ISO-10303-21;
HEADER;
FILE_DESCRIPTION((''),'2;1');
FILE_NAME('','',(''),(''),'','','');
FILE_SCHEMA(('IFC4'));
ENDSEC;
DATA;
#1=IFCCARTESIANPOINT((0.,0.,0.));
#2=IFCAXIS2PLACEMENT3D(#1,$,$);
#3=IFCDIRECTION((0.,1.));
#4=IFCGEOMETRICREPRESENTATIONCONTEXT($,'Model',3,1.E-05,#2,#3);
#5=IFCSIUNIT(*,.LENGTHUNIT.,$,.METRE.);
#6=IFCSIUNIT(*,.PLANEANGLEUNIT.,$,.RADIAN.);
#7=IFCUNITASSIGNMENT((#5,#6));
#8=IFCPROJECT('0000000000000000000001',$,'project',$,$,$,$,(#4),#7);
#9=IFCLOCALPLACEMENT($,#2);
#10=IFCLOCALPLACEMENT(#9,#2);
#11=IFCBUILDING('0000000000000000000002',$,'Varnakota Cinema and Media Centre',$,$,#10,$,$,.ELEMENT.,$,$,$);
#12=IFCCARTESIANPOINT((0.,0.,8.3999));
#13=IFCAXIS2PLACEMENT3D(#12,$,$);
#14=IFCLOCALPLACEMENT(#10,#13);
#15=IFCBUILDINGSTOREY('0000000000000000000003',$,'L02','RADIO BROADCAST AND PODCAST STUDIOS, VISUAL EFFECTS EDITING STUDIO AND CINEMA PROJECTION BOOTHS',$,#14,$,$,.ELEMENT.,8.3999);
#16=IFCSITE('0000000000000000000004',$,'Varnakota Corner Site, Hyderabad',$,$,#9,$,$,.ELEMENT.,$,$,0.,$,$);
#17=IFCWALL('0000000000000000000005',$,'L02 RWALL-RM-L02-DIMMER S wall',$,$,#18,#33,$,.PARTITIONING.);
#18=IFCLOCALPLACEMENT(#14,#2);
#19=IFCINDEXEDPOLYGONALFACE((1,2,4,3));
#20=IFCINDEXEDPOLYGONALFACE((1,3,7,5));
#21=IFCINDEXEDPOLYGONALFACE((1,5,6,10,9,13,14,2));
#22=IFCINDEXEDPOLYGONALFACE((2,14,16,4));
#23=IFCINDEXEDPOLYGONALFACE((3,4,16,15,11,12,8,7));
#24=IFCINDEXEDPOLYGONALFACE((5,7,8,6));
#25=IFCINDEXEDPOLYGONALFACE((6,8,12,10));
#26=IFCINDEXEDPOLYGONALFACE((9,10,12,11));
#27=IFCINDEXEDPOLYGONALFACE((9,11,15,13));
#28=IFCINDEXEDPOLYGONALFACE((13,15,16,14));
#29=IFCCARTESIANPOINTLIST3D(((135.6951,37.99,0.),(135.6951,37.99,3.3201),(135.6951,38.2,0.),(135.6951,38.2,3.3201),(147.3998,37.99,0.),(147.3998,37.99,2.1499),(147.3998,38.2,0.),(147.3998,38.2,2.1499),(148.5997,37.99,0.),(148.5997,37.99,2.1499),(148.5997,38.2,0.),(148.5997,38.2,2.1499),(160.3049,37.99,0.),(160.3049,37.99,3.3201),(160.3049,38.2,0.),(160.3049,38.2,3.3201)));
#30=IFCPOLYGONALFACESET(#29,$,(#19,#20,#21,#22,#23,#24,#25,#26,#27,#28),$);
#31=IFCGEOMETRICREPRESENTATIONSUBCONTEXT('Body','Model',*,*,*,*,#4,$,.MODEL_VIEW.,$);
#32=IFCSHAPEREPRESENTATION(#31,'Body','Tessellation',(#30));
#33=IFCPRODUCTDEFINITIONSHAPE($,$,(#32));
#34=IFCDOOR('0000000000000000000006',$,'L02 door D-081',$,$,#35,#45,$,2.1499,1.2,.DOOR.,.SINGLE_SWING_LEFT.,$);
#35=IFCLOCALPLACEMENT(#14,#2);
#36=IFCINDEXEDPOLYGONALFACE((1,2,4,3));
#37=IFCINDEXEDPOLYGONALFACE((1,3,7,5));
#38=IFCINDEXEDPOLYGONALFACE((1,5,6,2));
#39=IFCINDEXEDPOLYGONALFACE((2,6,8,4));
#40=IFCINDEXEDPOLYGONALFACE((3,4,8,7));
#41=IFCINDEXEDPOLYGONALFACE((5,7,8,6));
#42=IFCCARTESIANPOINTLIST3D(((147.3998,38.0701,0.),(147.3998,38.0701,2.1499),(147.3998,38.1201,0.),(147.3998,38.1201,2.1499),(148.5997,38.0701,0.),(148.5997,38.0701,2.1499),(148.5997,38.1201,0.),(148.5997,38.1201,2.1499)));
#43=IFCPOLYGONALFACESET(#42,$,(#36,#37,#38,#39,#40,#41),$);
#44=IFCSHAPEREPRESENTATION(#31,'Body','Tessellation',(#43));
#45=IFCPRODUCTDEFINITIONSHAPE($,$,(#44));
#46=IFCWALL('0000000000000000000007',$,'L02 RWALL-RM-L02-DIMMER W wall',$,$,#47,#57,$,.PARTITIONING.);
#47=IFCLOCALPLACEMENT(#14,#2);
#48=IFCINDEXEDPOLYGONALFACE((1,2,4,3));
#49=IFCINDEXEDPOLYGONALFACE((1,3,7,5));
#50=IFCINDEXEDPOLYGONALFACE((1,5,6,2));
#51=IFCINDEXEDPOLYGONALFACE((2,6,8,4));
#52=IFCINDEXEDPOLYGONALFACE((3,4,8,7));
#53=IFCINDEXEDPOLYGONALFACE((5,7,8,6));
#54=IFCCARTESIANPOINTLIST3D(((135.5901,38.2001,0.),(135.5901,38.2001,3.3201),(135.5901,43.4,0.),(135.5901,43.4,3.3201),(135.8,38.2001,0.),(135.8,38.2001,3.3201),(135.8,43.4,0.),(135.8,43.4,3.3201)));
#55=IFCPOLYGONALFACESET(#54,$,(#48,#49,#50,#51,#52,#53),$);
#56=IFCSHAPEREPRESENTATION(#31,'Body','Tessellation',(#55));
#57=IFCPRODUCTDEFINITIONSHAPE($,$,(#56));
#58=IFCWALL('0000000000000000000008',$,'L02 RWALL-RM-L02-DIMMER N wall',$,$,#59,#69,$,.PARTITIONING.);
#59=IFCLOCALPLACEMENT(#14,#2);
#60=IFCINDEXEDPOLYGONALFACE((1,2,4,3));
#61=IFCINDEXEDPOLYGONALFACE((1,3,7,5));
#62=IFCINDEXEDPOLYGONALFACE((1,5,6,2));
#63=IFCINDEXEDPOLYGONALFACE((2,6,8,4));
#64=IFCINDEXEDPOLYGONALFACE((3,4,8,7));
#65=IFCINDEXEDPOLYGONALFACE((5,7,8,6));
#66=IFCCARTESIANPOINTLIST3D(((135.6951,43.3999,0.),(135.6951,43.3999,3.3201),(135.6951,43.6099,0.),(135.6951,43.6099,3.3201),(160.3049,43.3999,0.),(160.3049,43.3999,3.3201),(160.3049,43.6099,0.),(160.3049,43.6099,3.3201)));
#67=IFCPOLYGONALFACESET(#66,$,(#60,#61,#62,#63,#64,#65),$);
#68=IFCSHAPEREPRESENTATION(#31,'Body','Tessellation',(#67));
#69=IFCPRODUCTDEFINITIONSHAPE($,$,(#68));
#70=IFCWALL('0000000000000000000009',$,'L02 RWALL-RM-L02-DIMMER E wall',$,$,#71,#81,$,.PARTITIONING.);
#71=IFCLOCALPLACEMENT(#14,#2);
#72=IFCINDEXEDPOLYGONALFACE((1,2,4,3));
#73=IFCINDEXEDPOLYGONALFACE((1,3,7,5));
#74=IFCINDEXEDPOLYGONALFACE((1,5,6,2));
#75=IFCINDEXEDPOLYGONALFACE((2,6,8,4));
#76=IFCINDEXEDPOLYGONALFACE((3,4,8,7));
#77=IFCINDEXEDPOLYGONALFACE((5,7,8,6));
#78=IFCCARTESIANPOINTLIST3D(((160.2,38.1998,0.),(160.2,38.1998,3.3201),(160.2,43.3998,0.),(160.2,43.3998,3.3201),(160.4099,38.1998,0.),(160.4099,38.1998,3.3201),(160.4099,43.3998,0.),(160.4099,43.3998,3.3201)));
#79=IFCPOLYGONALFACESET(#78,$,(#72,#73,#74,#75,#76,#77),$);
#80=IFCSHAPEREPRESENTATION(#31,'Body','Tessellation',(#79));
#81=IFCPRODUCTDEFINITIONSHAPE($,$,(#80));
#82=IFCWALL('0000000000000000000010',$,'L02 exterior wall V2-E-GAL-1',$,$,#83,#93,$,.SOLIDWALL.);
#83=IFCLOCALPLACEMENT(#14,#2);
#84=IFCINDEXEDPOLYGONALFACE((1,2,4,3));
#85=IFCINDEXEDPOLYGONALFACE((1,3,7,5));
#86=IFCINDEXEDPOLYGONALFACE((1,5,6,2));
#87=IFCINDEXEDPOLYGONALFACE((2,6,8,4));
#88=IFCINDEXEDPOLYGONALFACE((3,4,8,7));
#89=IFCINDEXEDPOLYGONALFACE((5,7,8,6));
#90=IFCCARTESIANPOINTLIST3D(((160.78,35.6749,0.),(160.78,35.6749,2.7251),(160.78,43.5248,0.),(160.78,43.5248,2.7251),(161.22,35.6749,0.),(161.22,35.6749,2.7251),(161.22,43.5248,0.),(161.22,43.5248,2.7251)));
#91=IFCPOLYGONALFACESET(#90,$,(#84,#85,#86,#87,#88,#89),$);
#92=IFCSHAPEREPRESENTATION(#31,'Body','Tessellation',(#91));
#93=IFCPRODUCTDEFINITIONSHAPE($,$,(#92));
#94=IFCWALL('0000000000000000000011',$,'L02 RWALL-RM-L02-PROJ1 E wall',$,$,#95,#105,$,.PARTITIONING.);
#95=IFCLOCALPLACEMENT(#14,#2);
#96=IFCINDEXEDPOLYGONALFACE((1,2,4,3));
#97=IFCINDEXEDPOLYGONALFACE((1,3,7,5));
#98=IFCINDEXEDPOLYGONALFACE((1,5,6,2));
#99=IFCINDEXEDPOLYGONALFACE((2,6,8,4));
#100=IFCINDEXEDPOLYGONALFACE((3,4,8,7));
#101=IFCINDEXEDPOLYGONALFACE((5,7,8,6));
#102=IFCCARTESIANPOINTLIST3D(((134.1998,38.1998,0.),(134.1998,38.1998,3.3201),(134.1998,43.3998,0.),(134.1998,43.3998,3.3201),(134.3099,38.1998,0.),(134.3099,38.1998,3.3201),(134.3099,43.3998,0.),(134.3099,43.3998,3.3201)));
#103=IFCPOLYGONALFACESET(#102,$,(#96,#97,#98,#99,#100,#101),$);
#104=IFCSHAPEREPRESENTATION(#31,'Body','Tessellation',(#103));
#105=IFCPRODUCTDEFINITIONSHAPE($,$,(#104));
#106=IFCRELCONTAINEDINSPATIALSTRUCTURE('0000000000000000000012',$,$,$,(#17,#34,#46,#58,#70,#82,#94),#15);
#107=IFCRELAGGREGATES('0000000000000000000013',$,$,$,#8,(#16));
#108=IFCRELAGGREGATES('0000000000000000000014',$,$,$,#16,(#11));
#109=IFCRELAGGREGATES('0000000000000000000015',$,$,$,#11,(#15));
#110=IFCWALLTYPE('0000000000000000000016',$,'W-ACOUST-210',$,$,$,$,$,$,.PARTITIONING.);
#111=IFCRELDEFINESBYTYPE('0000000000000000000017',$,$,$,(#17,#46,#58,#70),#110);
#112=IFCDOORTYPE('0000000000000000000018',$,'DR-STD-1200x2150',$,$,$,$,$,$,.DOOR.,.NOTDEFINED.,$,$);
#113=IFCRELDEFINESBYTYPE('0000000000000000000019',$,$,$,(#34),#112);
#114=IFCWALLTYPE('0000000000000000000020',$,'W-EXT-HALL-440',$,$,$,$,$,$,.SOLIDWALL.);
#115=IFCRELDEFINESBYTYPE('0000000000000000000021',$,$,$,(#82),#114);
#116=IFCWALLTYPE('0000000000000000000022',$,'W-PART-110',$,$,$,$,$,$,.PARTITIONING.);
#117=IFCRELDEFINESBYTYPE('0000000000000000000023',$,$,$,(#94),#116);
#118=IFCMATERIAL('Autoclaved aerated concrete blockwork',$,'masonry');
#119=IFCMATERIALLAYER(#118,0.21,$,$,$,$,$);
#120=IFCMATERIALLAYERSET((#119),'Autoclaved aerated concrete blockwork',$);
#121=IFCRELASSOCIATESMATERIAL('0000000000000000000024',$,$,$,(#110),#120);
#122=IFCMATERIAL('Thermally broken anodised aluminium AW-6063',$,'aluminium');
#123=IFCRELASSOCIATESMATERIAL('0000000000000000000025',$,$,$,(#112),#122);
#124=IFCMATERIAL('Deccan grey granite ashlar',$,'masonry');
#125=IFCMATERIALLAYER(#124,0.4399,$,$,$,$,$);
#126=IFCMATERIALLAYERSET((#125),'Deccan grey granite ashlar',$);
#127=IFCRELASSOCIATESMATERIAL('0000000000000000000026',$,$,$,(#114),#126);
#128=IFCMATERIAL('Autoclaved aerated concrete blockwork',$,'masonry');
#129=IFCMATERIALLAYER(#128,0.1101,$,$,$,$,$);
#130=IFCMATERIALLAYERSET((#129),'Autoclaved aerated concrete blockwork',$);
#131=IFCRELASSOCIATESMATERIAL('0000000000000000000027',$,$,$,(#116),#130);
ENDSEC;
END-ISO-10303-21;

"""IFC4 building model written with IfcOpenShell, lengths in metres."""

from ifc_helpers import new_model, si_unit, direction, frame, frame_2d, origin, place, context, subcontext, project, spatial, rectangle, extrude, material, layer, layer_set, type_object, element, fill, save


model = new_model("IFC4")

# Units and contexts
model_context = context("Model", 3, precision=1e-05, world=origin(), true_north=direction((0.0, 1.0)))
body_context = subcontext(model_context, "Body", "Model", "MODEL_VIEW")
ifc_project = project(units=[si_unit("LENGTHUNIT", "METRE"), si_unit("PLANEANGLEUNIT", "RADIAN")], contexts=[model_context])

# Site, building, storey
site_placement = place(None, origin())
site = spatial("IfcSite", under=ifc_project, at=site_placement, Name="Varnakota Corner Site, Hyderabad", CompositionType="ELEMENT", RefElevation=0.0)
building_placement = place(site_placement, origin())
building = spatial("IfcBuilding", under=site, at=building_placement, Name="Varnakota Cinema and Media Centre", CompositionType="ELEMENT")
storey_placement = place(building_placement, frame((0.0, 0.0, 8.3999)))
storey = spatial("IfcBuildingStorey", under=building, at=storey_placement, Name="L02", Description="RADIO BROADCAST AND PODCAST STUDIOS, VISUAL EFFECTS EDITING STUDIO AND CINEMA PROJECTION BOOTHS", CompositionType="ELEMENT", Elevation=8.3999)

# Wall, opening, door
ifc_material_1 = material(Name="Autoclaved aerated concrete blockwork", Category="masonry")
ifc_layer_1 = layer(ifc_material_1, 0.21)
ifc_layer_set_1 = layer_set([ifc_layer_1], Name="Autoclaved aerated concrete blockwork")
wall_type_1 = type_object("IfcWallType", Name="W-ACOUST-210", PredefinedType="PARTITIONING", material=ifc_layer_set_1)
wall_1_placement = place(storey_placement, frame((160.3049, 38.095, 0.0), z_axis=(0.0, 0.0, 1.0), x_axis=(-1.0, 0.0, 0.0)))
wall_1 = element("IfcWall", 1, at=wall_1_placement, inside=storey, type_object=wall_type_1, Name="L02 RWALL-RM-L02-DIMMER S wall", PredefinedType="PARTITIONING", context=body_context, shape_type="SweptSolid", body=[
    extrude(rectangle(XDim=24.6099, YDim=0.21, at=frame_2d((12.3049, 0.0))), origin(), (0.0, 0.0, 1.0), 3.3201),
])
opening_1_placement = place(wall_1_placement, frame((11.7051, 0.0, 0.0)))
opening_1 = element("IfcOpeningElement", 2, at=opening_1_placement, cuts=wall_1, PredefinedType="OPENING", context=body_context, shape_type="SweptSolid", body=[
    extrude(rectangle(XDim=1.2, YDim=2.1499, at=frame_2d((0.6001, 1.075))), frame((0.0, 0.105, 0.0), z_axis=(0.0, -1.0, 0.0), x_axis=(1.0, 0.0, 0.0)), (0.0, 0.0, 1.0), 0.21),
])
ifc_material_2 = material(Name="Thermally broken anodised aluminium AW-6063", Category="aluminium")
door_type = type_object("IfcDoorType", Name="DR-STD-1200x2150", OperationType="NOTDEFINED", PredefinedType="DOOR", material=ifc_material_2)
door_1_placement = place(opening_1_placement, origin())
door_1 = element("IfcDoor", 3, at=door_1_placement, inside=storey, type_object=door_type, Name="L02 door D-081", OperationType="SINGLE_SWING_LEFT", OverallHeight=2.1499, OverallWidth=1.2, PredefinedType="DOOR", context=body_context, shape_type="SweptSolid", body=[
    extrude(rectangle(XDim=1.2, YDim=2.1499, at=frame_2d((0.6001, 1.075))), frame((0.0, 0.0249, 0.0), z_axis=(0.0, -1.0, 0.0), x_axis=(1.0, 0.0, 0.0)), (0.0, 0.0, 1.0), 0.05),
])
fill(opening_1, door_1)

# Walls
wall_2_placement = place(storey_placement, frame((135.6951, 38.2, 0.0), z_axis=(0.0, 0.0, 1.0), x_axis=(0.0, 1.0, 0.0)))
element("IfcWall", 4, at=wall_2_placement, inside=storey, type_object=wall_type_1, Name="L02 RWALL-RM-L02-DIMMER W wall", PredefinedType="PARTITIONING", context=body_context, shape_type="SweptSolid", body=[
    extrude(rectangle(XDim=5.2, YDim=0.21, at=frame_2d((2.6001, 0.0))), origin(), (0.0, 0.0, 1.0), 3.3201),
])
wall_3_placement = place(storey_placement, frame((135.6951, 43.5049, 0.0), z_axis=(0.0, 0.0, 1.0), x_axis=(1.0, 0.0, 0.0)))
element("IfcWall", 5, at=wall_3_placement, inside=storey, type_object=wall_type_1, Name="L02 RWALL-RM-L02-DIMMER N wall", PredefinedType="PARTITIONING", context=body_context, shape_type="SweptSolid", body=[
    extrude(rectangle(XDim=24.6099, YDim=0.21, at=frame_2d((12.3049, 0.0))), origin(), (0.0, 0.0, 1.0), 3.3201),
])
wall_4_placement = place(storey_placement, frame((160.3049, 43.3999, 0.0), z_axis=(0.0, 0.0, 1.0), x_axis=(0.0, -1.0, 0.0)))
element("IfcWall", 6, at=wall_4_placement, inside=storey, type_object=wall_type_1, Name="L02 RWALL-RM-L02-DIMMER E wall", PredefinedType="PARTITIONING", context=body_context, shape_type="SweptSolid", body=[
    extrude(rectangle(XDim=5.2, YDim=0.21, at=frame_2d((2.6001, 0.0))), origin(), (0.0, 0.0, 1.0), 3.3201),
])
ifc_material_3 = material(Name="Deccan grey granite ashlar", Category="masonry")
ifc_layer_2 = layer(ifc_material_3, 0.4399)
ifc_layer_set_2 = layer_set([ifc_layer_2], Name="Deccan grey granite ashlar")
wall_type_2 = type_object("IfcWallType", Name="W-EXT-HALL-440", PredefinedType="SOLIDWALL", material=ifc_layer_set_2)
wall_5_placement = place(storey_placement, frame((161.0, 35.675, 0.0), z_axis=(0.0, 0.0, 1.0), x_axis=(0.0, 1.0, 0.0)))
element("IfcWall", 7, at=wall_5_placement, inside=storey, type_object=wall_type_2, Name="L02 exterior wall V2-E-GAL-1", PredefinedType="SOLIDWALL", context=body_context, shape_type="SweptSolid", body=[
    extrude(rectangle(XDim=7.8499, YDim=0.4399, at=frame_2d((3.9248, 0.0))), origin(), (0.0, 0.0, 1.0), 2.7251),
])

# Shared definitions
ifc_material_4 = material(Name="Autoclaved aerated concrete blockwork", Category="masonry")
ifc_layer_3 = layer(ifc_material_4, 0.1101)
ifc_layer_set_3 = layer_set([ifc_layer_3], Name="Autoclaved aerated concrete blockwork")
wall_type_3 = type_object("IfcWallType", Name="W-PART-110", PredefinedType="PARTITIONING", material=ifc_layer_set_3)

# Wall
wall_6_placement = place(storey_placement, frame((134.2549, 43.3999, 0.0), z_axis=(0.0, 0.0, 1.0), x_axis=(0.0, -1.0, 0.0)))
element("IfcWall", 8, at=wall_6_placement, inside=storey, type_object=wall_type_3, Name="L02 RWALL-RM-L02-PROJ1 E wall", PredefinedType="PARTITIONING", context=body_context, shape_type="SweptSolid", body=[
    extrude(rectangle(XDim=5.2, YDim=0.1101, at=frame_2d((2.6001, 0.0))), origin(), (0.0, 0.0, 1.0), 3.3201),
])

save(model, "model.ifc")
